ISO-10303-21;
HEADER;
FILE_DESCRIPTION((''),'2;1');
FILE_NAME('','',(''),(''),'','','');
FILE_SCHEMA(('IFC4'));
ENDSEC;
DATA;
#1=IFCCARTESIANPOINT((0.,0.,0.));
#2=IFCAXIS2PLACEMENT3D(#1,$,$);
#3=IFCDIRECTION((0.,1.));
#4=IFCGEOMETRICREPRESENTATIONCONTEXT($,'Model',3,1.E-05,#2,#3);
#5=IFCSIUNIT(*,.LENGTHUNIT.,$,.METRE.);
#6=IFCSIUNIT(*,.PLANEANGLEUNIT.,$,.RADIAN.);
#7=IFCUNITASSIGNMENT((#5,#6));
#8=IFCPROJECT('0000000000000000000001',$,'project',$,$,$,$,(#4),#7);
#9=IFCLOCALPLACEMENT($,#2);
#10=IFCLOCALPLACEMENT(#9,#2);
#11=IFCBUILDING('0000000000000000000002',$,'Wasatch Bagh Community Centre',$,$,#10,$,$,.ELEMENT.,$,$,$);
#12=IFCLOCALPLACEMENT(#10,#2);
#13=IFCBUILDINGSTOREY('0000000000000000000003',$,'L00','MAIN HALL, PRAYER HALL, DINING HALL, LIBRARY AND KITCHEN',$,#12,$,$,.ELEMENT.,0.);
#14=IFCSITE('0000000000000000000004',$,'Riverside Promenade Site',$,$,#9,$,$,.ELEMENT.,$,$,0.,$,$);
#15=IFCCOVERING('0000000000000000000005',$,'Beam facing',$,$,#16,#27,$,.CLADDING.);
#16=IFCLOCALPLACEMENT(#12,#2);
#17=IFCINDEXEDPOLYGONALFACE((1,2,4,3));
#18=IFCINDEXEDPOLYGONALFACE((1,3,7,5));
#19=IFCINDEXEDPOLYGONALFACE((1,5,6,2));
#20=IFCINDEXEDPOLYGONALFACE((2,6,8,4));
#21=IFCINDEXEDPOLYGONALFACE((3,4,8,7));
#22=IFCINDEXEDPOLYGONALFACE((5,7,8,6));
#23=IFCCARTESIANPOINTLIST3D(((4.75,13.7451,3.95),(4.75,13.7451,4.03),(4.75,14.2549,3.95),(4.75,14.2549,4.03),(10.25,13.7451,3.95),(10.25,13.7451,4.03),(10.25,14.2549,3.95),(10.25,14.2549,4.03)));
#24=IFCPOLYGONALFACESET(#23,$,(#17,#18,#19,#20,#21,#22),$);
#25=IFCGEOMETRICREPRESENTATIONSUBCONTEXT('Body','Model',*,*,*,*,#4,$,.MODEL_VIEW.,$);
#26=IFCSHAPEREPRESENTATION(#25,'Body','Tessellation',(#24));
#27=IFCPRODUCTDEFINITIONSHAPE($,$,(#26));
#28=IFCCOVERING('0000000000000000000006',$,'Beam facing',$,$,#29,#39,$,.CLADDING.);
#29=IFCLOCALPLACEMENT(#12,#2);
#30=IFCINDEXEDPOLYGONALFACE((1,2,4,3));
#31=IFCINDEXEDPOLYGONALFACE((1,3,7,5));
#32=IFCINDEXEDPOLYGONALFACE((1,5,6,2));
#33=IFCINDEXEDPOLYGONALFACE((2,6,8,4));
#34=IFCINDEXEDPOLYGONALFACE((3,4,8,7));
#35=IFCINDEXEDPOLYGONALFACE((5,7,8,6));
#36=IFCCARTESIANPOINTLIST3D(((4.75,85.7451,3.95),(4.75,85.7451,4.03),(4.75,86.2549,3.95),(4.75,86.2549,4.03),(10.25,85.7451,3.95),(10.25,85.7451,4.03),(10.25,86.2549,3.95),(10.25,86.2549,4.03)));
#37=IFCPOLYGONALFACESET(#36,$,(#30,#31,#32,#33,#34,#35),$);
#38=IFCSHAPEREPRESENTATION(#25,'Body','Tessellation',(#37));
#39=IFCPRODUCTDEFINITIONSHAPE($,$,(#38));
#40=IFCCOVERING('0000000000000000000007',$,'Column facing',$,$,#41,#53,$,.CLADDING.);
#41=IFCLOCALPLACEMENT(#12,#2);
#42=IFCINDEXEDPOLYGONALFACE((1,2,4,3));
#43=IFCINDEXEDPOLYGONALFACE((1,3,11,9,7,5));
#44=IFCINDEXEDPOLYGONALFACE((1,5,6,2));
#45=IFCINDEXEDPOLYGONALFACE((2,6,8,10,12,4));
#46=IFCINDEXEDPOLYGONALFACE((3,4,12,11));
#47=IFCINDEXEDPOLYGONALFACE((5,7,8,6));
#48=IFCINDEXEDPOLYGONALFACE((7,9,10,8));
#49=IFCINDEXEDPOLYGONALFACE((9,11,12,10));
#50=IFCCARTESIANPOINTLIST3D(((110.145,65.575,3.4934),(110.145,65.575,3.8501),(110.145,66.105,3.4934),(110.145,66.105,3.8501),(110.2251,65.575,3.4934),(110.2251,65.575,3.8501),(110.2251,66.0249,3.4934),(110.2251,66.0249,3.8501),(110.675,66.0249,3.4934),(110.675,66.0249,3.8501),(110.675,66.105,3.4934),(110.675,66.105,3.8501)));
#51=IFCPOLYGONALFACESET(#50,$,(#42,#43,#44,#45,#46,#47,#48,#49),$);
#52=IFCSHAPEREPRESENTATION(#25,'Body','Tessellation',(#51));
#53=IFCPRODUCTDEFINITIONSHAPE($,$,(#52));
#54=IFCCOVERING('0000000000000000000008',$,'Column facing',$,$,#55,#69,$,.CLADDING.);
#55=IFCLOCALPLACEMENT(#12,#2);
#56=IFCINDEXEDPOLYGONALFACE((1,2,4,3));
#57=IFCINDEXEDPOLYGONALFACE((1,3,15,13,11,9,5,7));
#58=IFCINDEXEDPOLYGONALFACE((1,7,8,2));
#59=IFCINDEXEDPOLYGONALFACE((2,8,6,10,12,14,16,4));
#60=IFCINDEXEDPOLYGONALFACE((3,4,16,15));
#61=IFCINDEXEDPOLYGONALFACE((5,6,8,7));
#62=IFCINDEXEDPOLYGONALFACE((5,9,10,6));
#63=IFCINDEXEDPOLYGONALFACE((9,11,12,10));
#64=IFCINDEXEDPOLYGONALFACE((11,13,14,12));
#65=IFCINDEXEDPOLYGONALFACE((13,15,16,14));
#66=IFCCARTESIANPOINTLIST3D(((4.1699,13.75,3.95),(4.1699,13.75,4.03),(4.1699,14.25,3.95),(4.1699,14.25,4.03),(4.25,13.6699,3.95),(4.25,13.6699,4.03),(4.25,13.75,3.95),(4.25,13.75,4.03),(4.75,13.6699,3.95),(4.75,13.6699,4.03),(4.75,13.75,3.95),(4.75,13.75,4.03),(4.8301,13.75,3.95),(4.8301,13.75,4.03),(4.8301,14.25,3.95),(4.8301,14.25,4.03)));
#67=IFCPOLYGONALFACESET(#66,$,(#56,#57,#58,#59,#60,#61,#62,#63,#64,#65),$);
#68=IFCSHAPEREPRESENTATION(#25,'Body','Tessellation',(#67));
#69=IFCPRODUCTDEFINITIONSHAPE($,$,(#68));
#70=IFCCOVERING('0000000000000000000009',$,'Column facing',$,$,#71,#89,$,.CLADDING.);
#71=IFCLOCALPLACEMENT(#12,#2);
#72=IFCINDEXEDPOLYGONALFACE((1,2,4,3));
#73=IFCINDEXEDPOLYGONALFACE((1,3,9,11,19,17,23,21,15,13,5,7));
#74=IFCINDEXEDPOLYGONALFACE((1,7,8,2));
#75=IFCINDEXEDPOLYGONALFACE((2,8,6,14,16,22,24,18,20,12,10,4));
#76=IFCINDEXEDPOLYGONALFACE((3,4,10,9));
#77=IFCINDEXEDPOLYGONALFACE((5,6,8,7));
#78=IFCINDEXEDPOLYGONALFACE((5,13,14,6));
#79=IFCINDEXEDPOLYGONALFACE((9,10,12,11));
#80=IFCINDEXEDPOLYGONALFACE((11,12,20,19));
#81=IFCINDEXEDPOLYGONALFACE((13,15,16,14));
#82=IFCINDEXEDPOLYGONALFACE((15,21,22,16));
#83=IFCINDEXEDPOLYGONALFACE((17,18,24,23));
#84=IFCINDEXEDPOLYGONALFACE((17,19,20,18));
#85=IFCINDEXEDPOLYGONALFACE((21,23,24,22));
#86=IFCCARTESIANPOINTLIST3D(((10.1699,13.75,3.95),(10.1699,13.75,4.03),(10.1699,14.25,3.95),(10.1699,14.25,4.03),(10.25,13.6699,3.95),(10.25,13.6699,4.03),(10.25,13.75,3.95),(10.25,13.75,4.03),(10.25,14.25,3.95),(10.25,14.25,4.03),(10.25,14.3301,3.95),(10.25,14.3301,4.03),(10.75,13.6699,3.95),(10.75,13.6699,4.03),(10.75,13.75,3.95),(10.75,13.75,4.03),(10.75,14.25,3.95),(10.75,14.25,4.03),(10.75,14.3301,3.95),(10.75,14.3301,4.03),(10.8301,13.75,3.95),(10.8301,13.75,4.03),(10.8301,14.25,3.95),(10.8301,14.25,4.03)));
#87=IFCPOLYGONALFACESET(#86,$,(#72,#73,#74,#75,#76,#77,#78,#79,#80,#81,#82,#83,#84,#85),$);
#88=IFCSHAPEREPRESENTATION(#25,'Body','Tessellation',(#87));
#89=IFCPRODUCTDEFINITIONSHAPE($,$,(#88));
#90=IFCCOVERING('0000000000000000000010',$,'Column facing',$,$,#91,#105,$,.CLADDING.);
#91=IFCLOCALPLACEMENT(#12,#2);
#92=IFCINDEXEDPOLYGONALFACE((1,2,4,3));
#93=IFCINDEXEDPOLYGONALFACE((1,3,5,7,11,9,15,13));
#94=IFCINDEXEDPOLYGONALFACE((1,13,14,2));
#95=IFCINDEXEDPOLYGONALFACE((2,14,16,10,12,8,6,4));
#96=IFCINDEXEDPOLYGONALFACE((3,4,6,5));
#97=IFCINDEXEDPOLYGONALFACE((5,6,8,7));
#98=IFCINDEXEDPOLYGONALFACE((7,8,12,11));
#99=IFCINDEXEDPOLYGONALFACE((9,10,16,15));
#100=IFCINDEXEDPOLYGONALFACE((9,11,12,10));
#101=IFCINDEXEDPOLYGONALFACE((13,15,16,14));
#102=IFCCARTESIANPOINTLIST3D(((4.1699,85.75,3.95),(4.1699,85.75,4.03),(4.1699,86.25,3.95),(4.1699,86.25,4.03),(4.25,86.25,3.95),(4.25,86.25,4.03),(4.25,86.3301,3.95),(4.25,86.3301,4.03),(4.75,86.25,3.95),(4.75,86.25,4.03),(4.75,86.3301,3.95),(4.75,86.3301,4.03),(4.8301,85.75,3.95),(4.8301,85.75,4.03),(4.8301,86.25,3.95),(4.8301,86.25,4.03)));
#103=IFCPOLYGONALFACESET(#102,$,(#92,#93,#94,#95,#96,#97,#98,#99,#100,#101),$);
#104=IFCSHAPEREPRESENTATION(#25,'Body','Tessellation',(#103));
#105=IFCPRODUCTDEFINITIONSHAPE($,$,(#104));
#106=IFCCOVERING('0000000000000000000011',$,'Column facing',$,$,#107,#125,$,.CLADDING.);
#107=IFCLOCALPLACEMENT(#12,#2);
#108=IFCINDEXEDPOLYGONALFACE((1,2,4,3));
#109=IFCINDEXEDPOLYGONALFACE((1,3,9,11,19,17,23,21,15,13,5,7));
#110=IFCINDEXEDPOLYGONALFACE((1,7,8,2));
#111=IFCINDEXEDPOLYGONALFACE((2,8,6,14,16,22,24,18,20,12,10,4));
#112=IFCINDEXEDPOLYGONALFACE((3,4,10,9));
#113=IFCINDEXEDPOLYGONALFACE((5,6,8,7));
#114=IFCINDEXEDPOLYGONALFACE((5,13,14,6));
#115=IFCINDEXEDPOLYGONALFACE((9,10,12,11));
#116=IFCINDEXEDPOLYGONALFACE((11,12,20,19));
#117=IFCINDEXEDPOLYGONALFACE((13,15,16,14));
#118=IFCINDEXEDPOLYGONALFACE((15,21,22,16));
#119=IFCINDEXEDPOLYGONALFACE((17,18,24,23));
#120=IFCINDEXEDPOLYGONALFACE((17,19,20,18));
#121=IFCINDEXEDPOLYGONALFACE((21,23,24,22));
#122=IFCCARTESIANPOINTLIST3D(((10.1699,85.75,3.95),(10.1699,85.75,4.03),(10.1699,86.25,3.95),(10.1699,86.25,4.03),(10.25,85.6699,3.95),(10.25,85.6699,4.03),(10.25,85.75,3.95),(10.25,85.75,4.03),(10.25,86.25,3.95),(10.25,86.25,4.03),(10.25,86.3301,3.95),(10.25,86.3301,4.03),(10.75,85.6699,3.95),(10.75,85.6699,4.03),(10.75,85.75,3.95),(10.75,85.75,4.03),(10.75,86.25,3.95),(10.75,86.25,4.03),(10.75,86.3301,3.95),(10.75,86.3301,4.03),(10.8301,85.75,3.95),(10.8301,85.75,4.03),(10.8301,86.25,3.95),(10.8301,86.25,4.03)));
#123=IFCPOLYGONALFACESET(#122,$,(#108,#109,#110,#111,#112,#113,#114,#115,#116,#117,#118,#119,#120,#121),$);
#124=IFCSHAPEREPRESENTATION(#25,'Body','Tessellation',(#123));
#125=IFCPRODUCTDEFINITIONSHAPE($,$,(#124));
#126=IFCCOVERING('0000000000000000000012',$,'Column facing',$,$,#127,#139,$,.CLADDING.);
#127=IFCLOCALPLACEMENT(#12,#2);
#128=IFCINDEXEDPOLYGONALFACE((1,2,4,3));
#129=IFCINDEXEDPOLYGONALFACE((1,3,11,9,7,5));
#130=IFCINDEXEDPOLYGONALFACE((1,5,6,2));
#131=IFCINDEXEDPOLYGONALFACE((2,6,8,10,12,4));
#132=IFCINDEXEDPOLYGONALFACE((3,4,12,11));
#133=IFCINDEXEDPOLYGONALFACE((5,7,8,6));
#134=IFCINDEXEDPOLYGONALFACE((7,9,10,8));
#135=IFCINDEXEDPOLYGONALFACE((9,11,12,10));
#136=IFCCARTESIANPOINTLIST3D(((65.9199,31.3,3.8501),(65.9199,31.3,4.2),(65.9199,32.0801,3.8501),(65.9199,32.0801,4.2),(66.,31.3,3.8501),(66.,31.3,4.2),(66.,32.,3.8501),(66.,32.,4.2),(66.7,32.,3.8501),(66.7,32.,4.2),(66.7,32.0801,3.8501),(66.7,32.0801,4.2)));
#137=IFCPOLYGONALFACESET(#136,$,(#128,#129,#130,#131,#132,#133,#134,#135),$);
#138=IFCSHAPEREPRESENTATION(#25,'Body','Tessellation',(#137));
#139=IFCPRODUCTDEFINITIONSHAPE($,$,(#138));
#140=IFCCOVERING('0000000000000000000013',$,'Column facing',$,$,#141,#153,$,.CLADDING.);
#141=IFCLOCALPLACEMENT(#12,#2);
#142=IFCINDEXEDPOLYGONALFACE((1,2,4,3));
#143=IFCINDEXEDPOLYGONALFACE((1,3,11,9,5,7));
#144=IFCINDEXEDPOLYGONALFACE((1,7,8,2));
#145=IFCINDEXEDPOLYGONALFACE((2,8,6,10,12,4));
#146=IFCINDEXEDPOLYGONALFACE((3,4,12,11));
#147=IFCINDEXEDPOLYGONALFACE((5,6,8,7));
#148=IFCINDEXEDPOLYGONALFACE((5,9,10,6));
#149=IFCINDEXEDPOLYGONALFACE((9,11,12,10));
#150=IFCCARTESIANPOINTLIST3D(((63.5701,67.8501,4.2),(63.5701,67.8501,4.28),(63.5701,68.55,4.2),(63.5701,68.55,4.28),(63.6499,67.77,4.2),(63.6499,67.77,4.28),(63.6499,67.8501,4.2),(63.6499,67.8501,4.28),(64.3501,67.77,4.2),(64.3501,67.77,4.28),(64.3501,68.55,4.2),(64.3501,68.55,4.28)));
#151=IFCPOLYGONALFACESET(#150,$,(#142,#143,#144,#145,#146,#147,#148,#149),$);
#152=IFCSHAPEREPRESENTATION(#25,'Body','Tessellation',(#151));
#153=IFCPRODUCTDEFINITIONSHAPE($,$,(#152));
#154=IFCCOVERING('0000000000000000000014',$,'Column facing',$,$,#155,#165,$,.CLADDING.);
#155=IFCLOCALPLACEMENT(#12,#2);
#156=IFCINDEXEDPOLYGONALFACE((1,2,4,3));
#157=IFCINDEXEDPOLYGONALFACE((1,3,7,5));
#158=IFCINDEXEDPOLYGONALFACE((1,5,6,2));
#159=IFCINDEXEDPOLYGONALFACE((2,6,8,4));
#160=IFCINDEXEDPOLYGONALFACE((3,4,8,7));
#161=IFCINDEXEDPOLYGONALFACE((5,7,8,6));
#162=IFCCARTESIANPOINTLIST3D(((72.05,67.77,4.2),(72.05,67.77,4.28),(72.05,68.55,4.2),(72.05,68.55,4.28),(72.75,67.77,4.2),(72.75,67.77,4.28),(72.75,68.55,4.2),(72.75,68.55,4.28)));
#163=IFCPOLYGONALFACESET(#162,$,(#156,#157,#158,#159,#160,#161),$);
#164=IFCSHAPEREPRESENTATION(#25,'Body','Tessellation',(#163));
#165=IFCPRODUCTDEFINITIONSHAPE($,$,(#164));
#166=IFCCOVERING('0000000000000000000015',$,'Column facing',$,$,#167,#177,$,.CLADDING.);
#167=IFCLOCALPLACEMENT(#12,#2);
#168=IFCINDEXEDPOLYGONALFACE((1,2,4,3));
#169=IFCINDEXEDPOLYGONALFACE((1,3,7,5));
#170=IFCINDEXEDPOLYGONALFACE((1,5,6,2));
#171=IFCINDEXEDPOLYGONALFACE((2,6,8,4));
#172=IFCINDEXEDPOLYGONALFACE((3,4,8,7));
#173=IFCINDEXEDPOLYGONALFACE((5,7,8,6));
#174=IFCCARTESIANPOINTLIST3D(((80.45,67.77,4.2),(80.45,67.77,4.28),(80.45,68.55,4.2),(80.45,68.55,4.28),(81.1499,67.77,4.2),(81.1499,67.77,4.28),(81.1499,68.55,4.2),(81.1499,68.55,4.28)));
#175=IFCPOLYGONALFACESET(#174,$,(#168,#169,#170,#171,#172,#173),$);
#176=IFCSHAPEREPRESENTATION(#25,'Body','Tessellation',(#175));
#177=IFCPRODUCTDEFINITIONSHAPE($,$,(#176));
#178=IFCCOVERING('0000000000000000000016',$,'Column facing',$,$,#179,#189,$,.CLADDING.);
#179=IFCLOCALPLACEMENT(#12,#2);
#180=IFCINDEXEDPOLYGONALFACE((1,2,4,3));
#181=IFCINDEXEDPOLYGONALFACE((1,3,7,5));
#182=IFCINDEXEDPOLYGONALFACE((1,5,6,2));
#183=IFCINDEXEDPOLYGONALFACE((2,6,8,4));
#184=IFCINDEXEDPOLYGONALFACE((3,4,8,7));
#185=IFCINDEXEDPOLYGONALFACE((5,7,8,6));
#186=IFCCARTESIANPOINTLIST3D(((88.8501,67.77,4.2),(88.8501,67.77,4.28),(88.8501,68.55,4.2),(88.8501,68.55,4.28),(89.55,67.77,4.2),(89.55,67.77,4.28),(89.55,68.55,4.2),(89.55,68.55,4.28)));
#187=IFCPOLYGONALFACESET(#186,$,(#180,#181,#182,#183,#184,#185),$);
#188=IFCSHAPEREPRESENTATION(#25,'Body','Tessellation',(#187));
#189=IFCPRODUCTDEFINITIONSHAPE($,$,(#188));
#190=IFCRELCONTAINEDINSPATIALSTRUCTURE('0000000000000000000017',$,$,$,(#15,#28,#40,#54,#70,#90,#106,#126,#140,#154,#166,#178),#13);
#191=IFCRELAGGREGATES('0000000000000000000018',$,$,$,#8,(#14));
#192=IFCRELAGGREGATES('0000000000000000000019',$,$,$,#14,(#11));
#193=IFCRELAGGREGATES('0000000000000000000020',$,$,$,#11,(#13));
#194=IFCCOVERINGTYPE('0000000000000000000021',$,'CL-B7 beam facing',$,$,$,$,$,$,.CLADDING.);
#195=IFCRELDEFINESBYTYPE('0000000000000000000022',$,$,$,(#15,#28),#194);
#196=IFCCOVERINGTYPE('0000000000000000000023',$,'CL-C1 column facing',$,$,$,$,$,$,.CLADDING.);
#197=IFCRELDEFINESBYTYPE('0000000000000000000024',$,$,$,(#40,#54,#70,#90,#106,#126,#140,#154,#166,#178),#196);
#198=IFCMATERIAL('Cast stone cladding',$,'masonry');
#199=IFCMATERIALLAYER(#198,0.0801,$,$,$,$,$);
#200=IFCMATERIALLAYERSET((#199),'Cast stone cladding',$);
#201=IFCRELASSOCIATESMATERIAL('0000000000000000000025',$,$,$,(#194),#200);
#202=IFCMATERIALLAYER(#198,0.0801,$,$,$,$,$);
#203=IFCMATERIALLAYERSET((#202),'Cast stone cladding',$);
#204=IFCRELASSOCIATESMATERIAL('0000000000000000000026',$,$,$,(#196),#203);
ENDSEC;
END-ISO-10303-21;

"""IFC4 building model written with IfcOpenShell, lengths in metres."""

from ifc_helpers import new_model, si_unit, direction, frame, origin, place, context, subcontext, project, spatial, polyline, outline, extrude, material, layer, layer_set, type_object, element, save


model = new_model("IFC4")

# Units and contexts
model_context = context("Model", 3, precision=1e-05, world=origin(), true_north=direction((0.0, 1.0)))
body_context = subcontext(model_context, "Body", "Model", "MODEL_VIEW")
ifc_project = project(units=[si_unit("LENGTHUNIT", "METRE"), si_unit("PLANEANGLEUNIT", "RADIAN")], contexts=[model_context])

# Site, building, storey
site_placement = place(None, origin())
site = spatial("IfcSite", under=ifc_project, at=site_placement, Name="Riverside Promenade Site", CompositionType="ELEMENT", RefElevation=0.0)
building_placement = place(site_placement, origin())
building = spatial("IfcBuilding", under=site, at=building_placement, Name="Wasatch Bagh Community Centre", CompositionType="ELEMENT")
storey_placement = place(building_placement, origin())
storey = spatial("IfcBuildingStorey", under=building, at=storey_placement, Name="L00", Description="MAIN HALL, PRAYER HALL, DINING HALL, LIBRARY AND KITCHEN", CompositionType="ELEMENT", Elevation=0.0)

# Coverings
ifc_material = material(Name="Cast stone cladding", Category="masonry")
ifc_layer_1 = layer(ifc_material, 0.0801)
ifc_layer_set_1 = layer_set([ifc_layer_1], Name="Cast stone cladding")
covering_type_1 = type_object("IfcCoveringType", Name="CL-B7 beam facing", PredefinedType="CLADDING", material=ifc_layer_set_1)
covering_1_placement = place(storey_placement, frame((0.0, 0.0, 3.95)))
element("IfcCovering", 1, at=covering_1_placement, inside=storey, type_object=covering_type_1, Name="Beam facing", PredefinedType="CLADDING", context=body_context, shape_type="SweptSolid", body=[
    extrude(outline(polyline([(4.75, 13.7451), (10.25, 13.7451), (10.25, 14.2549), (4.75, 14.2549), (4.75, 13.7451)])), origin(), (0.0, 0.0, 1.0), 0.0801),
])
covering_2_placement = place(storey_placement, frame((0.0, 0.0, 3.95)))
element("IfcCovering", 2, at=covering_2_placement, inside=storey, type_object=covering_type_1, Name="Beam facing", PredefinedType="CLADDING", context=body_context, shape_type="SweptSolid", body=[
    extrude(outline(polyline([(4.75, 85.7451), (10.25, 85.7451), (10.25, 86.2549), (4.75, 86.2549), (4.75, 85.7451)])), origin(), (0.0, 0.0, 1.0), 0.0801),
])
ifc_layer_2 = layer(ifc_material, 0.0801)
ifc_layer_set_2 = layer_set([ifc_layer_2], Name="Cast stone cladding")
covering_type_2 = type_object("IfcCoveringType", Name="CL-C1 column facing", PredefinedType="CLADDING", material=ifc_layer_set_2)
covering_3_placement = place(storey_placement, frame((0.0, 0.0, 3.4934)))
element("IfcCovering", 3, at=covering_3_placement, inside=storey, type_object=covering_type_2, Name="Column facing", PredefinedType="CLADDING", context=body_context, shape_type="SweptSolid", body=[
    extrude(outline(polyline([(110.2251, 65.575), (110.145, 65.575), (110.145, 66.105), (110.675, 66.105), (110.675, 66.0249), (110.2251, 66.0249), (110.2251, 65.575)])), origin(), (0.0, 0.0, 1.0), 0.3567),
])
covering_4_placement = place(storey_placement, frame((0.0, 0.0, 3.95)))
element("IfcCovering", 4, at=covering_4_placement, inside=storey, type_object=covering_type_2, Name="Column facing", PredefinedType="CLADDING", context=body_context, shape_type="SweptSolid", body=[
    extrude(outline(polyline([(4.75, 13.6699), (4.25, 13.6699), (4.25, 13.75), (4.1699, 13.75), (4.1699, 14.25), (4.8301, 14.25), (4.8301, 13.75), (4.75, 13.75), (4.75, 13.6699)])), origin(), (0.0, 0.0, 1.0), 0.0801),
])
covering_5_placement = place(storey_placement, frame((0.0, 0.0, 3.95)))
element("IfcCovering", 5, at=covering_5_placement, inside=storey, type_object=covering_type_2, Name="Column facing", PredefinedType="CLADDING", context=body_context, shape_type="SweptSolid", body=[
    extrude(outline(polyline([(10.75, 13.6699), (10.25, 13.6699), (10.25, 13.75), (10.1699, 13.75), (10.1699, 14.25), (10.25, 14.25), (10.25, 14.3301), (10.75, 14.3301), (10.75, 14.25), (10.8301, 14.25), (10.8301, 13.75), (10.75, 13.75), (10.75, 13.6699)])), origin(), (0.0, 0.0, 1.0), 0.0801),
])
covering_6_placement = place(storey_placement, frame((0.0, 0.0, 3.95)))
element("IfcCovering", 6, at=covering_6_placement, inside=storey, type_object=covering_type_2, Name="Column facing", PredefinedType="CLADDING", context=body_context, shape_type="SweptSolid", body=[
    extrude(outline(polyline([(4.1699, 86.25), (4.25, 86.25), (4.25, 86.3301), (4.75, 86.3301), (4.75, 86.25), (4.8301, 86.25), (4.8301, 85.75), (4.1699, 85.75), (4.1699, 86.25)])), origin(), (0.0, 0.0, 1.0), 0.0801),
])
covering_7_placement = place(storey_placement, frame((0.0, 0.0, 3.95)))
element("IfcCovering", 7, at=covering_7_placement, inside=storey, type_object=covering_type_2, Name="Column facing", PredefinedType="CLADDING", context=body_context, shape_type="SweptSolid", body=[
    extrude(outline(polyline([(10.75, 85.6699), (10.25, 85.6699), (10.25, 85.75), (10.1699, 85.75), (10.1699, 86.25), (10.25, 86.25), (10.25, 86.3301), (10.75, 86.3301), (10.75, 86.25), (10.8301, 86.25), (10.8301, 85.75), (10.75, 85.75), (10.75, 85.6699)])), origin(), (0.0, 0.0, 1.0), 0.0801),
])
covering_8_placement = place(storey_placement, frame((0.0, 0.0, 3.8501)))
element("IfcCovering", 8, at=covering_8_placement, inside=storey, type_object=covering_type_2, Name="Column facing", PredefinedType="CLADDING", context=body_context, shape_type="SweptSolid", body=[
    extrude(outline(polyline([(66.0, 31.3), (65.9199, 31.3), (65.9199, 32.0801), (66.7, 32.0801), (66.7, 32.0), (66.0, 32.0), (66.0, 31.3)])), origin(), (0.0, 0.0, 1.0), 0.3499),
])
covering_9_placement = place(storey_placement, frame((0.0, 0.0, 4.2)))
element("IfcCovering", 9, at=covering_9_placement, inside=storey, type_object=covering_type_2, Name="Column facing", PredefinedType="CLADDING", context=body_context, shape_type="SweptSolid", body=[
    extrude(outline(polyline([(64.3501, 67.77), (63.6499, 67.77), (63.6499, 67.8501), (63.5701, 67.8501), (63.5701, 68.55), (64.3501, 68.55), (64.3501, 67.77)])), origin(), (0.0, 0.0, 1.0), 0.0801),
])
covering_10_placement = place(storey_placement, frame((0.0, 0.0, 4.2)))
element("IfcCovering", 10, at=covering_10_placement, inside=storey, type_object=covering_type_2, Name="Column facing", PredefinedType="CLADDING", context=body_context, shape_type="SweptSolid", body=[
    extrude(outline(polyline([(72.75, 67.77), (72.05, 67.77), (72.05, 68.55), (72.75, 68.55), (72.75, 67.77)])), origin(), (0.0, 0.0, 1.0), 0.0801),
])
covering_11_placement = place(storey_placement, frame((0.0, 0.0, 4.2)))
element("IfcCovering", 11, at=covering_11_placement, inside=storey, type_object=covering_type_2, Name="Column facing", PredefinedType="CLADDING", context=body_context, shape_type="SweptSolid", body=[
    extrude(outline(polyline([(81.1499, 67.77), (80.45, 67.77), (80.45, 68.55), (81.1499, 68.55), (81.1499, 67.77)])), origin(), (0.0, 0.0, 1.0), 0.0801),
])
covering_12_placement = place(storey_placement, frame((0.0, 0.0, 4.2)))
element("IfcCovering", 12, at=covering_12_placement, inside=storey, type_object=covering_type_2, Name="Column facing", PredefinedType="CLADDING", context=body_context, shape_type="SweptSolid", body=[
    extrude(outline(polyline([(89.55, 67.77), (88.8501, 67.77), (88.8501, 68.55), (89.55, 68.55), (89.55, 67.77)])), origin(), (0.0, 0.0, 1.0), 0.0801),
])

save(model, "model.ifc")
